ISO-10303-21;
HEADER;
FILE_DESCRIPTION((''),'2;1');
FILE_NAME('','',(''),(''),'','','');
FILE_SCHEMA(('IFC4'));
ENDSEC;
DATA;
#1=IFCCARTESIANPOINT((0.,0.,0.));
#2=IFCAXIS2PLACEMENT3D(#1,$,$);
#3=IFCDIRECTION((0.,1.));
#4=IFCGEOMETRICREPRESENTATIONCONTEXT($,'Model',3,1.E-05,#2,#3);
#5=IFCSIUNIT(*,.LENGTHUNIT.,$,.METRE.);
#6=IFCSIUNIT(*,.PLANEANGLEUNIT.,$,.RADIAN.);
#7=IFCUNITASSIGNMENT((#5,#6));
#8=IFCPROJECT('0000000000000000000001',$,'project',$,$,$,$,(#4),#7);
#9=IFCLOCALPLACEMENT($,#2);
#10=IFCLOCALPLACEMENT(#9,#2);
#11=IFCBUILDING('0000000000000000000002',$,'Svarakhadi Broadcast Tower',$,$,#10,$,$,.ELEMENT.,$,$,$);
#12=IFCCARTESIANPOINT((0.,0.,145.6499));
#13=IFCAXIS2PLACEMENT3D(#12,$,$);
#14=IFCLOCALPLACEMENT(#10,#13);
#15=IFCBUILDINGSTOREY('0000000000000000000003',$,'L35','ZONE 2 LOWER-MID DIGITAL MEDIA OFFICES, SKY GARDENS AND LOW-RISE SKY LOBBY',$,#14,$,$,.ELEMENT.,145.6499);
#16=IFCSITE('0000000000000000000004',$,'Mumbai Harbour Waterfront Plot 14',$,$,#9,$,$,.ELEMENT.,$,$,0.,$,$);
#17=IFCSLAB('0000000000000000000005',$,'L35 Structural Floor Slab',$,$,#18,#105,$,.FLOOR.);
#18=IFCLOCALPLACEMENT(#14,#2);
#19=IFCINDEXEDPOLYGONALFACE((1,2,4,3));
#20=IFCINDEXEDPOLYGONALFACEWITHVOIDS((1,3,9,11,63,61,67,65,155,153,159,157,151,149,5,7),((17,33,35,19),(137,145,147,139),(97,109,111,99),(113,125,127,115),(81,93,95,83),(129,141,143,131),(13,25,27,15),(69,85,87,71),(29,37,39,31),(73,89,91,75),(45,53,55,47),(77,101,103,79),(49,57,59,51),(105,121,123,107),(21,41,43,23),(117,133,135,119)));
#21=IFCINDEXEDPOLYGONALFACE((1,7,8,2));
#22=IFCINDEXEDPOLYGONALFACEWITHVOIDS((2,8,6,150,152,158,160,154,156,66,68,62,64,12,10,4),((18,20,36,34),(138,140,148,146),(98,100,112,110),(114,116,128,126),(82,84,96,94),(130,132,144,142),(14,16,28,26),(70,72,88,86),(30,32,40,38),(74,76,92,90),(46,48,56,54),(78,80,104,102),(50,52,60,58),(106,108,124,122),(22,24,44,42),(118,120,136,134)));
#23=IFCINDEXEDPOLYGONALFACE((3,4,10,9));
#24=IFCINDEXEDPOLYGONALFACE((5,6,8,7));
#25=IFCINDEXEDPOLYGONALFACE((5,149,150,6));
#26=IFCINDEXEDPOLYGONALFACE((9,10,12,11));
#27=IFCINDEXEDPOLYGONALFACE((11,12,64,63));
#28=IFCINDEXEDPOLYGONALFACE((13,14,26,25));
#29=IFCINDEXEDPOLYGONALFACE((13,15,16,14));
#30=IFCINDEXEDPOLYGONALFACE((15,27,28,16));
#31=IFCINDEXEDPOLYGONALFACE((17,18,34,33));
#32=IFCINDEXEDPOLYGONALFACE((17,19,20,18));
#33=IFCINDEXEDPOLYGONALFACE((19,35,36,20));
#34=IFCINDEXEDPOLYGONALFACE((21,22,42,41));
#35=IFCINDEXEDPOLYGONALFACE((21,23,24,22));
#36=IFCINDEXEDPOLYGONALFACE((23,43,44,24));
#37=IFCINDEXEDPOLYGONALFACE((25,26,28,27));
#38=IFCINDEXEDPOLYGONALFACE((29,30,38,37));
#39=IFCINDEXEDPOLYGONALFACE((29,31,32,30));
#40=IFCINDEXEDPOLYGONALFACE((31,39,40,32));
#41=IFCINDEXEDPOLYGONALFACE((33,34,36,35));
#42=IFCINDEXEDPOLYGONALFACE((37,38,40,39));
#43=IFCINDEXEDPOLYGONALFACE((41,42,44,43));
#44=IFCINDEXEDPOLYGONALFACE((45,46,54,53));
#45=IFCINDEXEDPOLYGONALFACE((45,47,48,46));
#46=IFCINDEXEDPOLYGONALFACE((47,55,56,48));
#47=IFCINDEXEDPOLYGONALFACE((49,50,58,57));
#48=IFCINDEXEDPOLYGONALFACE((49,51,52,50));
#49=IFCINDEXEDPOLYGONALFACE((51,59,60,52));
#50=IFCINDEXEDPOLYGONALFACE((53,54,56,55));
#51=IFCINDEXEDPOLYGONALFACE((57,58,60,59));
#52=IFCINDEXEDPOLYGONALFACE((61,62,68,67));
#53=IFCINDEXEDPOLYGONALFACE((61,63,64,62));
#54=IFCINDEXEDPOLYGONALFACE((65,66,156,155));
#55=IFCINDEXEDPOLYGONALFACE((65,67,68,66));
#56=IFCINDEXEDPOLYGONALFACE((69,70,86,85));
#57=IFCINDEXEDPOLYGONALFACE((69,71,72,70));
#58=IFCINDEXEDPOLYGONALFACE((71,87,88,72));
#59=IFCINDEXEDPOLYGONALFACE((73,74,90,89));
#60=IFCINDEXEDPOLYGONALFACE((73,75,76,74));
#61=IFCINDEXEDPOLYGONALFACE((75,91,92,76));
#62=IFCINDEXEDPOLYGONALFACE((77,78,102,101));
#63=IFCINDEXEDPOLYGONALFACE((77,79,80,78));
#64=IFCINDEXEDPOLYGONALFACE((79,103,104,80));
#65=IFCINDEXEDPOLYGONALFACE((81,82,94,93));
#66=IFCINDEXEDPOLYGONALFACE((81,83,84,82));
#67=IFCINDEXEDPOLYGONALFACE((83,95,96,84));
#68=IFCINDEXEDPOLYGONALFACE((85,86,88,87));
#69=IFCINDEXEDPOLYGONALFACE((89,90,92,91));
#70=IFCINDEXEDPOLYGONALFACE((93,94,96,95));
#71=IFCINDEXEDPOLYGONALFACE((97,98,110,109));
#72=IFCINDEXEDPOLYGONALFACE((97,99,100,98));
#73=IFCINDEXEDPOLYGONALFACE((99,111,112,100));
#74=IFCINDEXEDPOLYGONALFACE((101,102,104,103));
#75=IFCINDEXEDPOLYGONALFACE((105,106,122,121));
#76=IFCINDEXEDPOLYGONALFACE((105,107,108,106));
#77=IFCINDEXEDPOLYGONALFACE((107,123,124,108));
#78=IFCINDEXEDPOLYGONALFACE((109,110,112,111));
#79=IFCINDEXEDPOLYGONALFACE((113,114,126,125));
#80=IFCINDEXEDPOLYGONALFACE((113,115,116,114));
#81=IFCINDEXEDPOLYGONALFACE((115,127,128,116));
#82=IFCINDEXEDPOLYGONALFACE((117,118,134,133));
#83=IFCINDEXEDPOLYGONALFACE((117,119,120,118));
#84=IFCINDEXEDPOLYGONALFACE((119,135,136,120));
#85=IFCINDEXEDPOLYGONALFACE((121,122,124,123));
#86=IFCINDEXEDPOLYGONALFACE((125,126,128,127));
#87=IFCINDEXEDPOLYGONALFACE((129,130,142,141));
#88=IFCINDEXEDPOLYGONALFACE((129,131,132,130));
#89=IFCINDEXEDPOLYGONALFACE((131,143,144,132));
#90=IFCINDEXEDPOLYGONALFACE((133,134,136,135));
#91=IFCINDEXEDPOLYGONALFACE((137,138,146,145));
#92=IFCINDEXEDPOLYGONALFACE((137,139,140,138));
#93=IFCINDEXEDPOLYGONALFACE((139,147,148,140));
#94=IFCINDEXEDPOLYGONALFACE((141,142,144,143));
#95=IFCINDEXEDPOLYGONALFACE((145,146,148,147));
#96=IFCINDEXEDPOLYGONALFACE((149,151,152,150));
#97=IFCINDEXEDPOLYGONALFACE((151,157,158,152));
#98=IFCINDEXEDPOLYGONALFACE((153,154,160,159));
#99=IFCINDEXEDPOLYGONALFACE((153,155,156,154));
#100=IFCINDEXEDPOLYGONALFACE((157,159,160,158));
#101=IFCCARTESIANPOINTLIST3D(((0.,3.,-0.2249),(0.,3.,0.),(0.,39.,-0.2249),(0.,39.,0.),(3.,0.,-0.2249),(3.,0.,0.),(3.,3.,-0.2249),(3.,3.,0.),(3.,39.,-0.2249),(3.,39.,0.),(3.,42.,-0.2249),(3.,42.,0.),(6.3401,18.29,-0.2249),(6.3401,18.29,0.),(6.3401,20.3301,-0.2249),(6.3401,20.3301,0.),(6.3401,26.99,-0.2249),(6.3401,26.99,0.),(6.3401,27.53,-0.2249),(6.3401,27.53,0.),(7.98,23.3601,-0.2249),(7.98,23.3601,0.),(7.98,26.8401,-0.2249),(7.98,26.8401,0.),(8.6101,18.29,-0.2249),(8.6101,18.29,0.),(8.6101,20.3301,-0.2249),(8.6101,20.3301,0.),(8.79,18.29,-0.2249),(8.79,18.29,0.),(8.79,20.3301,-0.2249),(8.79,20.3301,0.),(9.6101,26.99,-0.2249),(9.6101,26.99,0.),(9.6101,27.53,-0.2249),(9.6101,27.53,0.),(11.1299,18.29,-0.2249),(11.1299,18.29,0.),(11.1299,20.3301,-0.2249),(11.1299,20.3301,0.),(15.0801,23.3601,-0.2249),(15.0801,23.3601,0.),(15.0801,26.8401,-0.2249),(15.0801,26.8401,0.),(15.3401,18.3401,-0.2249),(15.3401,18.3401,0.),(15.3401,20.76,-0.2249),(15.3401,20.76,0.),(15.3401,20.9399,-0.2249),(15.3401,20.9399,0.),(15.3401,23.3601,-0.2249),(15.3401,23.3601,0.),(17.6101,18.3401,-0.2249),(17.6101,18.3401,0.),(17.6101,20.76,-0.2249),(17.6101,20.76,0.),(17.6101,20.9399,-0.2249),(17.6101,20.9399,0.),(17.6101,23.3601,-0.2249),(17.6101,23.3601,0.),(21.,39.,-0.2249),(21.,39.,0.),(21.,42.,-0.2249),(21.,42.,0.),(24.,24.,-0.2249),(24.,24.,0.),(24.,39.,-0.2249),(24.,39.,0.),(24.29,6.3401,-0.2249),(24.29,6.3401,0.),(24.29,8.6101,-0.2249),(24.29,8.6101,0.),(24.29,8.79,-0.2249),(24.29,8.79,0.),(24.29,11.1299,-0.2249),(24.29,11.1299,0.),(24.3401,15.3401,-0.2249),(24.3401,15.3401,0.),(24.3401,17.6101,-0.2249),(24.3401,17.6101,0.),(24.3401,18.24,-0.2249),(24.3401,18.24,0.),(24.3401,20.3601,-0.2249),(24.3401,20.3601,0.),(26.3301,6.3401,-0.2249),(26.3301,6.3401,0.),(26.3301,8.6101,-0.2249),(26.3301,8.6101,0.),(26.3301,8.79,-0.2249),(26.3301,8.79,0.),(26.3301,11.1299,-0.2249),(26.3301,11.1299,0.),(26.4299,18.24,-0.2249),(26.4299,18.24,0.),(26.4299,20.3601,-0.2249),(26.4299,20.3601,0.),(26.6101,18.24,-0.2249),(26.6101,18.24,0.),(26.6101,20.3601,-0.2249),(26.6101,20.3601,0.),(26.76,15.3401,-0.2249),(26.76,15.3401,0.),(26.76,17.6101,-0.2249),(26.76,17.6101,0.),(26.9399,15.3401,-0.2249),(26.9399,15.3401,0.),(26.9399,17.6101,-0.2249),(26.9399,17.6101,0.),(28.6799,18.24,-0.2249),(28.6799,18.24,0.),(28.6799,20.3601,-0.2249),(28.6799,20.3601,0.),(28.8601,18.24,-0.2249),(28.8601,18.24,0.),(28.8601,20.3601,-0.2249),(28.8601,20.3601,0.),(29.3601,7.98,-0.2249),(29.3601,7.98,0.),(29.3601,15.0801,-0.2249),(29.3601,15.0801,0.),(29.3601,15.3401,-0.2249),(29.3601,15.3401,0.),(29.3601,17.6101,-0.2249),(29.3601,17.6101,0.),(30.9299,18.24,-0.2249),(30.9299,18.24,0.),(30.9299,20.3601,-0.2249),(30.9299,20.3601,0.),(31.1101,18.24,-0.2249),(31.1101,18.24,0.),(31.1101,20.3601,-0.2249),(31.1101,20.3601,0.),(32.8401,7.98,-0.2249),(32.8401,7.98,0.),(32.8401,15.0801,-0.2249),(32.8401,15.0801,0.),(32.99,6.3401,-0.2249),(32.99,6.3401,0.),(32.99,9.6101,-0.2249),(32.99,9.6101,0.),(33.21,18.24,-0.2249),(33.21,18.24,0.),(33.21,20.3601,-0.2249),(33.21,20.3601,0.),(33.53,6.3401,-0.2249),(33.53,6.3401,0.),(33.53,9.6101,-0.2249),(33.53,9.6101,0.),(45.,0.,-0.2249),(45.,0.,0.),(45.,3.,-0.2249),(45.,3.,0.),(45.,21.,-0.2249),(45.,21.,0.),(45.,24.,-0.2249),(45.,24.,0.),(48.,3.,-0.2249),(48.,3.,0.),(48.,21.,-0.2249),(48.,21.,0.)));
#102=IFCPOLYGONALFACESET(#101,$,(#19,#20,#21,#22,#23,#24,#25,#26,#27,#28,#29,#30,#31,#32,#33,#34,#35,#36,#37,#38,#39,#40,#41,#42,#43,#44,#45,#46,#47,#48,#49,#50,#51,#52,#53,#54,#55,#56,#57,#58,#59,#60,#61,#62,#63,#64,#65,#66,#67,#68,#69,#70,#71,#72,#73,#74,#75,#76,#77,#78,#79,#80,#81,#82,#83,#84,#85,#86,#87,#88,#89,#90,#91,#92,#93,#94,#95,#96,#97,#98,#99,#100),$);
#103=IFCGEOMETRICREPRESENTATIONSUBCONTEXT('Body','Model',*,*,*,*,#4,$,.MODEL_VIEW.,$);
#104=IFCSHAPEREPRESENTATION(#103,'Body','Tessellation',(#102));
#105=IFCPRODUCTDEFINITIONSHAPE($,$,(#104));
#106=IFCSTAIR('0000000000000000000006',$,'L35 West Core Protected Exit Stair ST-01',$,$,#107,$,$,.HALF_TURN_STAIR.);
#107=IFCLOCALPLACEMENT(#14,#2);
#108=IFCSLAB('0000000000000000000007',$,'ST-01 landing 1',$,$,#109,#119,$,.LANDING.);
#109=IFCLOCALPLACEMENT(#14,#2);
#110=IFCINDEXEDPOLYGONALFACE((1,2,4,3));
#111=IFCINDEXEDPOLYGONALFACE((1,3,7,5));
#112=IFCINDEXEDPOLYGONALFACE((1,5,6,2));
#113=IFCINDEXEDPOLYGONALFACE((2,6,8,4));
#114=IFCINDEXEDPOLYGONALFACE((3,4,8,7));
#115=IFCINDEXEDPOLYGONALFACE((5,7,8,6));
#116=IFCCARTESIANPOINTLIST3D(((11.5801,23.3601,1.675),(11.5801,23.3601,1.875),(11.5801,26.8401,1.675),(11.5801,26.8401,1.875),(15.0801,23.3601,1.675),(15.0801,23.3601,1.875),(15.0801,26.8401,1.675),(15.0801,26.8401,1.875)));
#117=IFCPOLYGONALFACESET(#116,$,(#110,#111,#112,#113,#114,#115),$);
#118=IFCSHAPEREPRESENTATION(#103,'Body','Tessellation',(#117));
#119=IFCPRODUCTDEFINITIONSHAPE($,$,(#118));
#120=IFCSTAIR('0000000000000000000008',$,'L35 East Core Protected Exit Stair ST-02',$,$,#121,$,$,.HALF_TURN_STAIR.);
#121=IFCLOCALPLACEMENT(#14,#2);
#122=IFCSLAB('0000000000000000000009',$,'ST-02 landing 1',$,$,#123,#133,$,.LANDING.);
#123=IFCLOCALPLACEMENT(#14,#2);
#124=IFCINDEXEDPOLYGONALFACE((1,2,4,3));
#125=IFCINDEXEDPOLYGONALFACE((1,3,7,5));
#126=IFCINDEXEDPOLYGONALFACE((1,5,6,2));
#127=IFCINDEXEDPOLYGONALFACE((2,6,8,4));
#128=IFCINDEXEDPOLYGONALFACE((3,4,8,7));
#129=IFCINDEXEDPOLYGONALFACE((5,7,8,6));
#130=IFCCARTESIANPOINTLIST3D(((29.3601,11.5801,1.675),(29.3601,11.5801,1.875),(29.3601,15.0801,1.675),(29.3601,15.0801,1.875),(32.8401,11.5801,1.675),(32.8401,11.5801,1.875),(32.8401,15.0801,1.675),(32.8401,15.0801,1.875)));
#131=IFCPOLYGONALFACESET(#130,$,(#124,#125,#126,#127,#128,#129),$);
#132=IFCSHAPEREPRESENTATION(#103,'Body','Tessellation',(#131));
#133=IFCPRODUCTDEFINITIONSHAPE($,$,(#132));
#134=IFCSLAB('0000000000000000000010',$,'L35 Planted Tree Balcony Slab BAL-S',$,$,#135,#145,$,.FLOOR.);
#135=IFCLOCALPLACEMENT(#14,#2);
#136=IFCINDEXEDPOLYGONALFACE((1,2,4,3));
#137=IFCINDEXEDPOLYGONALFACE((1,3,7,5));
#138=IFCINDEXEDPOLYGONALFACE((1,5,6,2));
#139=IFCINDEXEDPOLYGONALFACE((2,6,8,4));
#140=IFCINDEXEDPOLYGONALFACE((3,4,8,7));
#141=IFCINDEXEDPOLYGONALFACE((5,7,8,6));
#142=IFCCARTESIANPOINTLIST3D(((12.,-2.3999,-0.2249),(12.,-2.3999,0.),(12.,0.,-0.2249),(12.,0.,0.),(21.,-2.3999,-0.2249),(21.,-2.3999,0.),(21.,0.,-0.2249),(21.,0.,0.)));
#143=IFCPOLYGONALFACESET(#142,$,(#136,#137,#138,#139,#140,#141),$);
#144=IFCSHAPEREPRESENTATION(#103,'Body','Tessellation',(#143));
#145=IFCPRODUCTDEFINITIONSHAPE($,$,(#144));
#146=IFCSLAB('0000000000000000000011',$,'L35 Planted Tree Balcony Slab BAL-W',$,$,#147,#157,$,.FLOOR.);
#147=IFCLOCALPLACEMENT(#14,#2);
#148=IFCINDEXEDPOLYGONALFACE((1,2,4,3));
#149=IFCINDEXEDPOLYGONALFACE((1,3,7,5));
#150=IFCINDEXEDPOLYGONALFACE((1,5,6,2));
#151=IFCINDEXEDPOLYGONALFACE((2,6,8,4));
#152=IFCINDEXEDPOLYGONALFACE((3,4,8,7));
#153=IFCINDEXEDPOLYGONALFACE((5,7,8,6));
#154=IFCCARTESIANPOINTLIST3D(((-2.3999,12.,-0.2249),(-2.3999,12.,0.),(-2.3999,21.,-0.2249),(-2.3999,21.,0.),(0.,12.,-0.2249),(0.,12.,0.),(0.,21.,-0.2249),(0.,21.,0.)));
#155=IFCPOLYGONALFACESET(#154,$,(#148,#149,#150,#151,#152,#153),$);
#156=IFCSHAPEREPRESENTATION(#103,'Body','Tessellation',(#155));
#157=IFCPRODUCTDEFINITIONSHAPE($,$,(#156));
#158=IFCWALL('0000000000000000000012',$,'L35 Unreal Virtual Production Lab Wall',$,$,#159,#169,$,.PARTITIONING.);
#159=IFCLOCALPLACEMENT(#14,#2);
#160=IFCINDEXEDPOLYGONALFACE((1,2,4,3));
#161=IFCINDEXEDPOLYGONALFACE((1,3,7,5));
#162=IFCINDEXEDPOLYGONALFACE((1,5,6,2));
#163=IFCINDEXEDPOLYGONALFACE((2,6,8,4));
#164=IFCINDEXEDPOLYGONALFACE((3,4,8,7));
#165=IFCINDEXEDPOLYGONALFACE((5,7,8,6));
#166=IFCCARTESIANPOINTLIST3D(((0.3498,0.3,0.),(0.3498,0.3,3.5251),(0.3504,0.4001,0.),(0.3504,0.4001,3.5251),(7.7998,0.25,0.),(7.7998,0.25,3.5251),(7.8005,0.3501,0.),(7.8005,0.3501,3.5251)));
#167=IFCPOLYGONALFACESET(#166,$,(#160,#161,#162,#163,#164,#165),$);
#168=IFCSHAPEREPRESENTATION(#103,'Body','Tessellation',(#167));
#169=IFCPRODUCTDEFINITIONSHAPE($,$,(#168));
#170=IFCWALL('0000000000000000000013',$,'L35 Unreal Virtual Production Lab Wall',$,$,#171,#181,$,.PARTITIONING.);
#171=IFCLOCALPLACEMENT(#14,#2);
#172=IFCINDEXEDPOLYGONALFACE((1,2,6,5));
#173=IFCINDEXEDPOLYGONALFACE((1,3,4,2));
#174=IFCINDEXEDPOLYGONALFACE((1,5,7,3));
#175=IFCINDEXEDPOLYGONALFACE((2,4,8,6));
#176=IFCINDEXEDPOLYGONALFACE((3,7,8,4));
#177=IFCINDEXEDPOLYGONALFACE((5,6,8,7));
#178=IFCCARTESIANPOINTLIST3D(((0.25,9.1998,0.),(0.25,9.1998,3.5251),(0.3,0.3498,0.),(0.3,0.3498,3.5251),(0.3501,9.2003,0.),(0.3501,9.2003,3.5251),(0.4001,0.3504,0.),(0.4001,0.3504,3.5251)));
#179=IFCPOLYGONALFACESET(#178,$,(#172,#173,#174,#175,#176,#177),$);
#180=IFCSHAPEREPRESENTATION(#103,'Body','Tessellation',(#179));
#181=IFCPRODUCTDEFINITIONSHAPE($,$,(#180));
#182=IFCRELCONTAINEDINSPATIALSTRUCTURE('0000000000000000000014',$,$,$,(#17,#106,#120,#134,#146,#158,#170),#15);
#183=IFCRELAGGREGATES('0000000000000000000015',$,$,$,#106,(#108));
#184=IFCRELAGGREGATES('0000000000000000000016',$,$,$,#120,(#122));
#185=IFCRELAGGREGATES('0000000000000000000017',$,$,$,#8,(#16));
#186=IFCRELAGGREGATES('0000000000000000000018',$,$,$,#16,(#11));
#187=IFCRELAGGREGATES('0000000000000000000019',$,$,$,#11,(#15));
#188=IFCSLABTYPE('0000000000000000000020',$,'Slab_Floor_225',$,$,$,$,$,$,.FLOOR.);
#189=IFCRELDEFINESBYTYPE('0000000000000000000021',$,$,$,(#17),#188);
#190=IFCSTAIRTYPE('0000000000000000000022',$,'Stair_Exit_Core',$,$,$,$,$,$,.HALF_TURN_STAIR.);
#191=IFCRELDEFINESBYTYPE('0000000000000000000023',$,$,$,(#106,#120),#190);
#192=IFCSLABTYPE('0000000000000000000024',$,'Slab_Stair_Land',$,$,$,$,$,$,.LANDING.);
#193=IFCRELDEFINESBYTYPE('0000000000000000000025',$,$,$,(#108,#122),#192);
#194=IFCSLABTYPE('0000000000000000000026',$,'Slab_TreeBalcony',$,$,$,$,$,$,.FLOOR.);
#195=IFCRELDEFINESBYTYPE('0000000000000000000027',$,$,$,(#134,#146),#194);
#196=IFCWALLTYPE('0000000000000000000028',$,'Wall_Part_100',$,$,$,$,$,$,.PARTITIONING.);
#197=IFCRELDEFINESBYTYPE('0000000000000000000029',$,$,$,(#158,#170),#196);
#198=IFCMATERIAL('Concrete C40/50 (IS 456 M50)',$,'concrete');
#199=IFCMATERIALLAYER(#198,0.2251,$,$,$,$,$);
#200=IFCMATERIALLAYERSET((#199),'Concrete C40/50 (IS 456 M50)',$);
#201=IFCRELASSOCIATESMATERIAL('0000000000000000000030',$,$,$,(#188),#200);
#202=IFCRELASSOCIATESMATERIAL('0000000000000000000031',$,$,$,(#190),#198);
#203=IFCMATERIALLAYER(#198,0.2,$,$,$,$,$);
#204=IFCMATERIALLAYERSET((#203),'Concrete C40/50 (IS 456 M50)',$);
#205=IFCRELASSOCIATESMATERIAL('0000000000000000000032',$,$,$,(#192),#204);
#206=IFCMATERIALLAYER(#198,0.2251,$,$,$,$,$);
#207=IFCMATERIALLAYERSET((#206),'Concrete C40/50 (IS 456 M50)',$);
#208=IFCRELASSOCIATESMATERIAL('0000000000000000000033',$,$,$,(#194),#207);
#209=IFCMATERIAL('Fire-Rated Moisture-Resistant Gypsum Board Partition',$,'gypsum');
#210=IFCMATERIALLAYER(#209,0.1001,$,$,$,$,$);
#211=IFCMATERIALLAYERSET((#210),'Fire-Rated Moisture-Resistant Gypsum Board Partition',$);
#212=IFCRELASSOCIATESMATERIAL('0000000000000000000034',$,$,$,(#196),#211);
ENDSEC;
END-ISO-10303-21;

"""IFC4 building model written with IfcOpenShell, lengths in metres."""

from ifc_helpers import new_model, si_unit, direction, frame, frame_2d, origin, place, context, subcontext, project, spatial, polyline, rectangle, outline, extrude, material, layer, layer_set, type_object, element, aggregate, save


model = new_model("IFC4")

# Units and contexts
model_context = context("Model", 3, precision=1e-05, world=origin(), true_north=direction((0.0, 1.0)))
body_context = subcontext(model_context, "Body", "Model", "MODEL_VIEW")
ifc_project = project(units=[si_unit("LENGTHUNIT", "METRE"), si_unit("PLANEANGLEUNIT", "RADIAN")], contexts=[model_context])

# Site, building, storey
site_placement = place(None, origin())
site = spatial("IfcSite", under=ifc_project, at=site_placement, Name="Mumbai Harbour Waterfront Plot 14", CompositionType="ELEMENT", RefElevation=0.0)
building_placement = place(site_placement, origin())
building = spatial("IfcBuilding", under=site, at=building_placement, Name="Svarakhadi Broadcast Tower", CompositionType="ELEMENT")
storey_placement = place(building_placement, frame((0.0, 0.0, 145.6499)))
storey = spatial("IfcBuildingStorey", under=building, at=storey_placement, Name="L35", Description="ZONE 2 LOWER-MID DIGITAL MEDIA OFFICES, SKY GARDENS AND LOW-RISE SKY LOBBY", CompositionType="ELEMENT", Elevation=145.6499)

# Slab
ifc_material_1 = material(Name="Concrete C40/50 (IS 456 M50)", Category="concrete")
ifc_layer_1 = layer(ifc_material_1, 0.2251)
ifc_layer_set_1 = layer_set([ifc_layer_1], Name="Concrete C40/50 (IS 456 M50)")
slab_type_1 = type_object("IfcSlabType", Name="Slab_Floor_225", PredefinedType="FLOOR", material=ifc_layer_set_1)
slab_1_placement = place(storey_placement, frame((0.0, 0.0, -0.2249)))
element("IfcSlab", 1, at=slab_1_placement, inside=storey, type_object=slab_type_1, Name="L35 Structural Floor Slab", PredefinedType="FLOOR", context=body_context, shape_type="SweptSolid", body=[
    extrude(outline(polyline([(3.0, 0.0), (45.0, 0.0), (45.0, 3.0), (48.0, 3.0), (48.0, 21.0), (45.0, 21.0), (45.0, 24.0), (24.0, 24.0), (24.0, 39.0), (21.0, 39.0), (21.0, 42.0), (3.0, 42.0), (3.0, 39.0), (0.0, 39.0), (0.0, 3.0), (3.0, 3.0), (3.0, 0.0)]), holes=[polyline([(7.98, 23.3601), (15.0801, 23.3601), (15.0801, 26.8401), (7.98, 26.8401), (7.98, 23.3601)]), polyline([(32.8401, 7.98), (32.8401, 15.0801), (29.3601, 15.0801), (29.3601, 7.98), (32.8401, 7.98)]), polyline([(6.3401, 18.29), (8.6101, 18.29), (8.6101, 20.3301), (6.3401, 20.3301), (6.3401, 18.29)]), polyline([(8.79, 18.29), (11.1299, 18.29), (11.1299, 20.3301), (8.79, 20.3301), (8.79, 18.29)]), polyline([(24.29, 6.3401), (26.3301, 6.3401), (26.3301, 8.6101), (24.29, 8.6101), (24.29, 6.3401)]), polyline([(24.29, 8.79), (26.3301, 8.79), (26.3301, 11.1299), (24.29, 11.1299), (24.29, 8.79)]), polyline([(6.3401, 26.99), (9.6101, 26.99), (9.6101, 27.53), (6.3401, 27.53), (6.3401, 26.99)]), polyline([(32.99, 6.3401), (33.53, 6.3401), (33.53, 9.6101), (32.99, 9.6101), (32.99, 6.3401)]), polyline([(15.3401, 18.3401), (17.6101, 18.3401), (17.6101, 20.76), (15.3401, 20.76), (15.3401, 18.3401)]), polyline([(15.3401, 20.9399), (17.6101, 20.9399), (17.6101, 23.3601), (15.3401, 23.3601), (15.3401, 20.9399)]), polyline([(24.3401, 15.3401), (26.76, 15.3401), (26.76, 17.6101), (24.3401, 17.6101), (24.3401, 15.3401)]), polyline([(26.9399, 15.3401), (29.3601, 15.3401), (29.3601, 17.6101), (26.9399, 17.6101), (26.9399, 15.3401)]), polyline([(24.3401, 18.24), (26.4299, 18.24), (26.4299, 20.3601), (24.3401, 20.3601), (24.3401, 18.24)]), polyline([(26.6101, 18.24), (28.6799, 18.24), (28.6799, 20.3601), (26.6101, 20.3601), (26.6101, 18.24)]), polyline([(28.8601, 18.24), (30.9299, 18.24), (30.9299, 20.3601), (28.8601, 20.3601), (28.8601, 18.24)]), polyline([(31.1101, 18.24), (33.21, 18.24), (33.21, 20.3601), (31.1101, 20.3601), (31.1101, 18.24)])]), origin(), (0.0, 0.0, 1.0), 0.2249),
])

# Stairs, slabs
stair_type = type_object("IfcStairType", Name="Stair_Exit_Core", PredefinedType="HALF_TURN_STAIR", material=ifc_material_1)
stair_1_placement = place(storey_placement, origin())
stair_1 = element("IfcStair", 2, at=stair_1_placement, inside=storey, type_object=stair_type, Name="L35 West Core Protected Exit Stair ST-01", PredefinedType="HALF_TURN_STAIR")
ifc_layer_2 = layer(ifc_material_1, 0.2)
ifc_layer_set_2 = layer_set([ifc_layer_2], Name="Concrete C40/50 (IS 456 M50)")
slab_type_2 = type_object("IfcSlabType", Name="Slab_Stair_Land", PredefinedType="LANDING", material=ifc_layer_set_2)
slab_2_placement = place(storey_placement, frame((0.0, 0.0, 1.675)))
slab_2 = element("IfcSlab", 3, at=slab_2_placement, type_object=slab_type_2, Name="ST-01 landing 1", PredefinedType="LANDING", context=body_context, shape_type="SweptSolid", body=[
    extrude(outline(polyline([(11.5801, 23.3601), (15.0801, 23.3601), (15.0801, 26.8401), (11.5801, 26.8401), (11.5801, 23.3601)])), origin(), (0.0, 0.0, 1.0), 0.2),
])
aggregate(stair_1, [slab_2])
stair_2_placement = place(storey_placement, origin())
stair_2 = element("IfcStair", 4, at=stair_2_placement, inside=storey, type_object=stair_type, Name="L35 East Core Protected Exit Stair ST-02", PredefinedType="HALF_TURN_STAIR")
slab_3_placement = place(storey_placement, frame((0.0, 0.0, 1.675)))
slab_3 = element("IfcSlab", 5, at=slab_3_placement, type_object=slab_type_2, Name="ST-02 landing 1", PredefinedType="LANDING", context=body_context, shape_type="SweptSolid", body=[
    extrude(outline(polyline([(32.8401, 11.5801), (32.8401, 15.0801), (29.3601, 15.0801), (29.3601, 11.5801), (32.8401, 11.5801)])), origin(), (0.0, 0.0, 1.0), 0.2),
])
aggregate(stair_2, [slab_3])

# Slabs
ifc_layer_3 = layer(ifc_material_1, 0.2251)
ifc_layer_set_3 = layer_set([ifc_layer_3], Name="Concrete C40/50 (IS 456 M50)")
slab_type_3 = type_object("IfcSlabType", Name="Slab_TreeBalcony", PredefinedType="FLOOR", material=ifc_layer_set_3)
slab_4_placement = place(storey_placement, frame((0.0, 0.0, -0.2249)))
element("IfcSlab", 6, at=slab_4_placement, inside=storey, type_object=slab_type_3, Name="L35 Planted Tree Balcony Slab BAL-S", PredefinedType="FLOOR", context=body_context, shape_type="SweptSolid", body=[
    extrude(outline(polyline([(12.0, -2.3999), (21.0, -2.3999), (21.0, 0.0), (12.0, 0.0), (12.0, -2.3999)])), origin(), (0.0, 0.0, 1.0), 0.2249),
])
slab_5_placement = place(storey_placement, frame((0.0, 0.0, -0.2249)))
element("IfcSlab", 7, at=slab_5_placement, inside=storey, type_object=slab_type_3, Name="L35 Planted Tree Balcony Slab BAL-W", PredefinedType="FLOOR", context=body_context, shape_type="SweptSolid", body=[
    extrude(outline(polyline([(-2.3999, 12.0), (0.0, 12.0), (0.0, 21.0), (-2.3999, 21.0), (-2.3999, 12.0)])), origin(), (0.0, 0.0, 1.0), 0.2249),
])

# Walls
ifc_material_2 = material(Name="Fire-Rated Moisture-Resistant Gypsum Board Partition", Category="gypsum")
ifc_layer_4 = layer(ifc_material_2, 0.1001)
ifc_layer_set_4 = layer_set([ifc_layer_4], Name="Fire-Rated Moisture-Resistant Gypsum Board Partition")
wall_type = type_object("IfcWallType", Name="Wall_Part_100", PredefinedType="PARTITIONING", material=ifc_layer_set_4)
wall_1_placement = place(storey_placement, frame((0.3501, 0.3501, 0.0), z_axis=(0.0, 0.0, 1.0), x_axis=(0.999977, -0.006718, 0.0)))
element("IfcWall", 8, at=wall_1_placement, inside=storey, type_object=wall_type, Name="L35 Unreal Virtual Production Lab Wall", PredefinedType="PARTITIONING", context=body_context, shape_type="SweptSolid", body=[
    extrude(rectangle(XDim=7.4502, YDim=0.1001, at=frame_2d((3.7251, 0.0))), origin(), (0.0, 0.0, 1.0), 3.5251),
])
wall_2_placement = place(storey_placement, frame((0.3501, 0.3501, 0.0), z_axis=(0.0, 0.0, 1.0), x_axis=(-0.005655, 0.999984, 0.0)))
element("IfcWall", 9, at=wall_2_placement, inside=storey, type_object=wall_type, Name="L35 Unreal Virtual Production Lab Wall", PredefinedType="PARTITIONING", context=body_context, shape_type="SweptSolid", body=[
    extrude(rectangle(XDim=8.8501, YDim=0.1001, at=frame_2d((4.425, 0.0))), origin(), (0.0, 0.0, 1.0), 3.5251),
])

save(model, "model.ifc")
